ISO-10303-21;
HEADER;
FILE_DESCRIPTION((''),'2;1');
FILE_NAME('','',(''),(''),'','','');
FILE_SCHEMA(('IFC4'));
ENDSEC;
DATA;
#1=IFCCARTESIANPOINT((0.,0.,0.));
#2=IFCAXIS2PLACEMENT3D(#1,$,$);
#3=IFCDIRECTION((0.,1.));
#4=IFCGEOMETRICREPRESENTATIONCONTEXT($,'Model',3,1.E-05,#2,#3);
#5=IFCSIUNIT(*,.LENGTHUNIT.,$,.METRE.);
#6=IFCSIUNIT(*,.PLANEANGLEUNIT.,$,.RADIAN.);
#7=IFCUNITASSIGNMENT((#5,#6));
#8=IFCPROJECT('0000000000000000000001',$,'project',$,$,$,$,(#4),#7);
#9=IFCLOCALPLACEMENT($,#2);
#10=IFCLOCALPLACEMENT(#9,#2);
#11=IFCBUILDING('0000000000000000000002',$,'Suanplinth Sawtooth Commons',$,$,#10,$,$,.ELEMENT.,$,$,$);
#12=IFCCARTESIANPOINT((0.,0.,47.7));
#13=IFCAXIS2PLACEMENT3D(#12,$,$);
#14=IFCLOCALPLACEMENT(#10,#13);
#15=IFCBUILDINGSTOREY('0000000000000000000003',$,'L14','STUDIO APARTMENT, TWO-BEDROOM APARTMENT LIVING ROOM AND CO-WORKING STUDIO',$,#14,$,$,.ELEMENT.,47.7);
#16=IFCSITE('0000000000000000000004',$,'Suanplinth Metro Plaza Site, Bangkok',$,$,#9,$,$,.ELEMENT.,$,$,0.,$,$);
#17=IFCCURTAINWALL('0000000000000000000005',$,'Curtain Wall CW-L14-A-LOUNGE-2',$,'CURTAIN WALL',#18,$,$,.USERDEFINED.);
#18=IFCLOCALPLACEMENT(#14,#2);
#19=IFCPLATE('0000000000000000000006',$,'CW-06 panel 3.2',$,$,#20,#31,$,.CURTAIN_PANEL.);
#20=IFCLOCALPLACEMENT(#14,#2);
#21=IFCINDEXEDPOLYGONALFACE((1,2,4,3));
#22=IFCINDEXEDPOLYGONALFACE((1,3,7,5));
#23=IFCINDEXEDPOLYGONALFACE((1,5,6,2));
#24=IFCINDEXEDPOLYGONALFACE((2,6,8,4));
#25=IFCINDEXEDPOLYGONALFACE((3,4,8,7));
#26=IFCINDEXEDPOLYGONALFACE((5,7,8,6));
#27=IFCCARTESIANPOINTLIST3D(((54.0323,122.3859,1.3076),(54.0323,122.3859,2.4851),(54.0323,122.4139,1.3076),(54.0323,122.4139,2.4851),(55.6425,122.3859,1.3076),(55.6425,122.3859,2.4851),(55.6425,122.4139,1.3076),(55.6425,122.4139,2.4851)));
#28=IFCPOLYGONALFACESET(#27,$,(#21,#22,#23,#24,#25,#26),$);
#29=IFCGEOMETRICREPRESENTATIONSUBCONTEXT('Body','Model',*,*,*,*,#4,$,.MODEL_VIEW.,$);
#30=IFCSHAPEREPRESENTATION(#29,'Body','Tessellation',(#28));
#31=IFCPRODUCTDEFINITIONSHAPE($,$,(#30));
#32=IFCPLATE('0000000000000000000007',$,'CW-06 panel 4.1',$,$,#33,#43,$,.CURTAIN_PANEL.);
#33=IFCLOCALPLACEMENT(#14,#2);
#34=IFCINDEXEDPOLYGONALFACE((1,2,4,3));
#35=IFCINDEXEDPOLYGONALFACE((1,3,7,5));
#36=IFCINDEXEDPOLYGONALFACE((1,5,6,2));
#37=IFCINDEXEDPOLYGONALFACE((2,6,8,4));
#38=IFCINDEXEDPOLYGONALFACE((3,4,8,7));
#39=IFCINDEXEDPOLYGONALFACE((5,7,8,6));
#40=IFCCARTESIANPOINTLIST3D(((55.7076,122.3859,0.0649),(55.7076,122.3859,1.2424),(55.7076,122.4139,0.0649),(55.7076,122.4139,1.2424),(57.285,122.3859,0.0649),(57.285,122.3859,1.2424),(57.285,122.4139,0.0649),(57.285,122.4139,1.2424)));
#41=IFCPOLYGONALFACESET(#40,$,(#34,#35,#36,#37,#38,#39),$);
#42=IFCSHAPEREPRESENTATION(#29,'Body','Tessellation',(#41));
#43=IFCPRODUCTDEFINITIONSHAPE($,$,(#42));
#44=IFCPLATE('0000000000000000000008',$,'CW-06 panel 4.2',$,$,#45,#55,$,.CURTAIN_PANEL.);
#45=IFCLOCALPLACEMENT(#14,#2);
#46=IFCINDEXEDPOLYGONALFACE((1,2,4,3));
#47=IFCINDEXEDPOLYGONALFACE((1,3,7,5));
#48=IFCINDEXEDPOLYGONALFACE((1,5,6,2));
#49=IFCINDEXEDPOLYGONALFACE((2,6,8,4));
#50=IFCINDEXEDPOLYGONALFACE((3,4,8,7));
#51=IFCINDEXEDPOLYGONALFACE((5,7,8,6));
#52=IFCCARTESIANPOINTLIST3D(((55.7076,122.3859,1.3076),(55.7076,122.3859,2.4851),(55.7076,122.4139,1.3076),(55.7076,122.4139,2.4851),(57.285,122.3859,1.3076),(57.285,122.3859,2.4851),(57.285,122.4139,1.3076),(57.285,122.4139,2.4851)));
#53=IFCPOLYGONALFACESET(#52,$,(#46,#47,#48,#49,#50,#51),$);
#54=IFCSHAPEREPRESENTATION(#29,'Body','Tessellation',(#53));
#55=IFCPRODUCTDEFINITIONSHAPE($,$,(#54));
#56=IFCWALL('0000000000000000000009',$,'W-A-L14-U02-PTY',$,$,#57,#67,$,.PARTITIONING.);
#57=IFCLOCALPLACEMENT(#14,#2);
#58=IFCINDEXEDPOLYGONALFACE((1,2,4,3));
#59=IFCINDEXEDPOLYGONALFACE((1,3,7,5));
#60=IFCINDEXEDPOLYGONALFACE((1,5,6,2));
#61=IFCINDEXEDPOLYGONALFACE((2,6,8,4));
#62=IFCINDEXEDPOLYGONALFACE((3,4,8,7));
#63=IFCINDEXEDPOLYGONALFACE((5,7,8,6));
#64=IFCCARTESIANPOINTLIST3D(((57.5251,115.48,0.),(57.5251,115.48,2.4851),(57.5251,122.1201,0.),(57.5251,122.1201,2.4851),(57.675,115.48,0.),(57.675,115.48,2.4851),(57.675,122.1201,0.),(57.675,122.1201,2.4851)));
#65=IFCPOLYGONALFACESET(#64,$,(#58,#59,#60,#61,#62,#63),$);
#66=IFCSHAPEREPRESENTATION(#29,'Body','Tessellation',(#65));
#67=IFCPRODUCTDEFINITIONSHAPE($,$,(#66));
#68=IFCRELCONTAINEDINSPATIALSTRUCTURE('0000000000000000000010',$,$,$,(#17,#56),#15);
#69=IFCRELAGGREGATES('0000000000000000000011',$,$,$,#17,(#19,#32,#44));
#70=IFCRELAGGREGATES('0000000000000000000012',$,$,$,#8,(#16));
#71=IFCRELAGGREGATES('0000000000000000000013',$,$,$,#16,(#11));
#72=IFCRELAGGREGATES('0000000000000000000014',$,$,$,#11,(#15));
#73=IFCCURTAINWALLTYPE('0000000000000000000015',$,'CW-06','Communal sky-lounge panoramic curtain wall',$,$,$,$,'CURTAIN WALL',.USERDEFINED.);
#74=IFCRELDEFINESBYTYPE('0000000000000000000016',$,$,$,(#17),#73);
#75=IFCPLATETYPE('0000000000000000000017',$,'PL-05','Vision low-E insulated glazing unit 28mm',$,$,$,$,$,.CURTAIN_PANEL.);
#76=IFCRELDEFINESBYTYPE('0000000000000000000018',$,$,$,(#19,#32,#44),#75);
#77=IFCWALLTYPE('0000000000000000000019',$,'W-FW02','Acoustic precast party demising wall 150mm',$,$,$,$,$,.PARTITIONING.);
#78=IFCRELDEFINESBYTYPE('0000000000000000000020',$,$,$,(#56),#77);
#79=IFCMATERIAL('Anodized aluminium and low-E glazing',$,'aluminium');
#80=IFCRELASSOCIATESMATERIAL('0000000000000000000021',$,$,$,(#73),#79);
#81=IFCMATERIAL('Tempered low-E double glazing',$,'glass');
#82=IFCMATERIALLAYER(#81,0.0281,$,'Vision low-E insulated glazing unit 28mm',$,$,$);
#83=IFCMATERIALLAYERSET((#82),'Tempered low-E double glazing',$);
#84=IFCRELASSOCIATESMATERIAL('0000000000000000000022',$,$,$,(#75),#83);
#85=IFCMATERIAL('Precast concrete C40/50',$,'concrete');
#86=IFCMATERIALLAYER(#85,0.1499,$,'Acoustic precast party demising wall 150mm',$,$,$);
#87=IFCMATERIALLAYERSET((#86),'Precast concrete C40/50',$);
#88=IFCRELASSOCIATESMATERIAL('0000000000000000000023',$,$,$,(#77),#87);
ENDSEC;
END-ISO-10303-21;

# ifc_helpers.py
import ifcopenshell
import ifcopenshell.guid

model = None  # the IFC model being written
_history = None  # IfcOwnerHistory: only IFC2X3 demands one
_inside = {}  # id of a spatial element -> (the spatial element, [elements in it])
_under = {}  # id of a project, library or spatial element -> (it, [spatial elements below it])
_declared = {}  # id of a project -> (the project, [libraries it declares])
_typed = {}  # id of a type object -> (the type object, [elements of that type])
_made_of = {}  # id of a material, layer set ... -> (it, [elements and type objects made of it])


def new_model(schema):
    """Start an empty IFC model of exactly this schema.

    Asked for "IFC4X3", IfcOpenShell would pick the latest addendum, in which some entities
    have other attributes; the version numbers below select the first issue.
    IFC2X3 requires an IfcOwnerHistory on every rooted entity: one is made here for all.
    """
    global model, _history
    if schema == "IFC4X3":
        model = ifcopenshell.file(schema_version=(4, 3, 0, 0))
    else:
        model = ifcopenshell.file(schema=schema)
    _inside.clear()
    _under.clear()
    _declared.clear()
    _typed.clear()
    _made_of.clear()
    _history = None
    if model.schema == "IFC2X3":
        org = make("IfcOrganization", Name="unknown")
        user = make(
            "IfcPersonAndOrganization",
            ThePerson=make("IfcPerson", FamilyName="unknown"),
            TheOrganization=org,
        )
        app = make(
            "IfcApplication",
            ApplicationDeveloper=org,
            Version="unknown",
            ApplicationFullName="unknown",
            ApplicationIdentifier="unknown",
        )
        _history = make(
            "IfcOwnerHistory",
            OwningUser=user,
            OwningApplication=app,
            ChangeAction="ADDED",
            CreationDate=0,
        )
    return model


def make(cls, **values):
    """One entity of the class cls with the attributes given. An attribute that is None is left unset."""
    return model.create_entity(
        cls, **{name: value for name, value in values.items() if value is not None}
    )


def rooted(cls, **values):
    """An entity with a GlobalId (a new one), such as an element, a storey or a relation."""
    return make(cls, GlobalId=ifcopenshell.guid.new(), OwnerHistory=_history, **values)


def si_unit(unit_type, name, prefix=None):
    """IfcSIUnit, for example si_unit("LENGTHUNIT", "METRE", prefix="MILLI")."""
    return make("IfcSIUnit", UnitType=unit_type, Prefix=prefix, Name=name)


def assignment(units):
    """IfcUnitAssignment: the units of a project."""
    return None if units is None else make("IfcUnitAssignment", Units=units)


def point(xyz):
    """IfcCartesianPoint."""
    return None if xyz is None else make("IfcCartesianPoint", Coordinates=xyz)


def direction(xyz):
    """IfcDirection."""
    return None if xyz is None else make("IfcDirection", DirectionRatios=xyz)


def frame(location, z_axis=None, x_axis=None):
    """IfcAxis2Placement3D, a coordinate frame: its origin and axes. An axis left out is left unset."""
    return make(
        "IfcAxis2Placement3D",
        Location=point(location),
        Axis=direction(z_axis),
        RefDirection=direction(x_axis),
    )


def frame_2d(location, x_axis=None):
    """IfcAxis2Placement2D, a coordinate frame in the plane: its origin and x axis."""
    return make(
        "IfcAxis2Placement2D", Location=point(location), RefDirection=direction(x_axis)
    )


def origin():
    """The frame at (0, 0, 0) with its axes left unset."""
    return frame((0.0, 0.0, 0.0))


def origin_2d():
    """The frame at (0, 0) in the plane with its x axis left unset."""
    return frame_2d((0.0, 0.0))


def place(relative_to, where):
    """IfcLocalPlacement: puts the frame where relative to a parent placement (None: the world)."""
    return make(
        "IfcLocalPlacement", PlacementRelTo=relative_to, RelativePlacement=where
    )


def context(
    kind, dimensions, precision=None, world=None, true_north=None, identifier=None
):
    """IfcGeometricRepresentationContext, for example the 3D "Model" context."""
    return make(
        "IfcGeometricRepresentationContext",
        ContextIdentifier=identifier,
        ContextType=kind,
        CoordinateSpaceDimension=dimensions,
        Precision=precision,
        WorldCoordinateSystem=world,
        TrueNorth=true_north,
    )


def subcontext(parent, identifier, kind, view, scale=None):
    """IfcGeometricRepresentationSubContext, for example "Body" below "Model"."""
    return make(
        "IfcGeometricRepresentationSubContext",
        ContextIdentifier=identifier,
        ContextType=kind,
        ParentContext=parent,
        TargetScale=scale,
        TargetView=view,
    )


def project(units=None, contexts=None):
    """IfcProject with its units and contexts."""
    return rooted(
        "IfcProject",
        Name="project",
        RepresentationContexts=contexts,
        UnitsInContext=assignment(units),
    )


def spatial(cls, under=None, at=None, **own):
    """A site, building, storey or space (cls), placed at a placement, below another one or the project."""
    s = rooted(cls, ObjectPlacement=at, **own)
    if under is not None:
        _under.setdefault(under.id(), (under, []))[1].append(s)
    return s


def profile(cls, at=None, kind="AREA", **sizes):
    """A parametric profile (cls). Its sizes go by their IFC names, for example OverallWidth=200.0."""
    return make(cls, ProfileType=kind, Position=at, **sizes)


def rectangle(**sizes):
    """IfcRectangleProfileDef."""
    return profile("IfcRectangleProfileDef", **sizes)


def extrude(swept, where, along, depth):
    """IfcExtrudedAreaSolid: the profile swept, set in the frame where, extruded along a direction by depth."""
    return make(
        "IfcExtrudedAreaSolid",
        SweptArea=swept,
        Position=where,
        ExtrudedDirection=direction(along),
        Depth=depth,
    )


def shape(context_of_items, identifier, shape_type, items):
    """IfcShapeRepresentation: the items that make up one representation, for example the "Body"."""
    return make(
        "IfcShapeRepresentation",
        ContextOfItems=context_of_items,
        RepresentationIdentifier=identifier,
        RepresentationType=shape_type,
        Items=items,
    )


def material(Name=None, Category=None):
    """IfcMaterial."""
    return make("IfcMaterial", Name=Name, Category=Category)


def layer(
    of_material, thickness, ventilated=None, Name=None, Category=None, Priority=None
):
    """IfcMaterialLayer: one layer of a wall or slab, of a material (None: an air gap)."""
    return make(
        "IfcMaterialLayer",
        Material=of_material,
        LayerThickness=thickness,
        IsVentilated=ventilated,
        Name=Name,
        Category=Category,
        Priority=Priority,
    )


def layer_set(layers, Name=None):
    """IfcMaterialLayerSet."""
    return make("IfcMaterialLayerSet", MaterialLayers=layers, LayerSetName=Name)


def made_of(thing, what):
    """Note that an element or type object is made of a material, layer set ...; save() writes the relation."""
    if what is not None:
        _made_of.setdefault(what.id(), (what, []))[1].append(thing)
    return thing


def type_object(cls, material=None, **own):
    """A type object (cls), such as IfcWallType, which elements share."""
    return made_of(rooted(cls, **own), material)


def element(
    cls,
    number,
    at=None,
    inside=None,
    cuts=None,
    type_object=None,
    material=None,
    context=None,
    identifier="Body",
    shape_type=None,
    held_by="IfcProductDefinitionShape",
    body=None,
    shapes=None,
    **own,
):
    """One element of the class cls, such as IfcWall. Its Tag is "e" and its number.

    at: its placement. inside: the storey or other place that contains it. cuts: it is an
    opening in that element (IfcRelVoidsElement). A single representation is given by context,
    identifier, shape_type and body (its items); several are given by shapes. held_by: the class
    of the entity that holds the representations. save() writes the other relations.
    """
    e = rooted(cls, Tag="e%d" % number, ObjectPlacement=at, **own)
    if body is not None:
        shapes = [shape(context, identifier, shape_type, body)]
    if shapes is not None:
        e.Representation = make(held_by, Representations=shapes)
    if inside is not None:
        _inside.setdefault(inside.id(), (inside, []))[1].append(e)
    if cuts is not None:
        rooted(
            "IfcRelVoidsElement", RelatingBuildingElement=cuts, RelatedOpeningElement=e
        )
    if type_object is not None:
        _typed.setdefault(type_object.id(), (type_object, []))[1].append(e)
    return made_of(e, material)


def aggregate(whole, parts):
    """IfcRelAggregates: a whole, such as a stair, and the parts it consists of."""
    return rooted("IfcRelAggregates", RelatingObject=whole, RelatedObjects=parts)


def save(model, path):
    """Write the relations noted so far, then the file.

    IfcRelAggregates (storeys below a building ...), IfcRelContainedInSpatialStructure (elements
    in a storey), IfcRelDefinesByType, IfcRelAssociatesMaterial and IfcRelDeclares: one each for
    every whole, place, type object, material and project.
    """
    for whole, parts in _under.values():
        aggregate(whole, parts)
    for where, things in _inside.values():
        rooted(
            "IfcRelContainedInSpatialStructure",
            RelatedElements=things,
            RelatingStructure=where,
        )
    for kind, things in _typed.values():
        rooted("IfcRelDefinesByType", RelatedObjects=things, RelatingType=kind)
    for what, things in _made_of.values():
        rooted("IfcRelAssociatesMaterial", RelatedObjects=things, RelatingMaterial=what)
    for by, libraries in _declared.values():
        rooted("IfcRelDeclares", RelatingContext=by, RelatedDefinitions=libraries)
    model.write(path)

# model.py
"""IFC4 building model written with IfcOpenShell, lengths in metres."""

from ifc_helpers import new_model, si_unit, direction, frame, frame_2d, origin, origin_2d, place, context, subcontext, project, spatial, rectangle, extrude, material, layer, layer_set, type_object, element, aggregate, save


model = new_model("IFC4")

# Units and contexts
model_context = context("Model", 3, precision=1e-05, world=origin(), true_north=direction((0.0, 1.0)))
body_context = subcontext(model_context, "Body", "Model", "MODEL_VIEW")
ifc_project = project(units=[si_unit("LENGTHUNIT", "METRE"), si_unit("PLANEANGLEUNIT", "RADIAN")], contexts=[model_context])

# Site, building, storey
site_placement = place(None, origin())
site = spatial("IfcSite", under=ifc_project, at=site_placement, Name="Suanplinth Metro Plaza Site, Bangkok", CompositionType="ELEMENT", RefElevation=0.0)
building_placement = place(site_placement, origin())
building = spatial("IfcBuilding", under=site, at=building_placement, Name="Suanplinth Sawtooth Commons", CompositionType="ELEMENT")
storey_placement = place(building_placement, frame((0.0, 0.0, 47.7)))
storey = spatial("IfcBuildingStorey", under=building, at=storey_placement, Name="L14", Description="STUDIO APARTMENT, TWO-BEDROOM APARTMENT LIVING ROOM AND CO-WORKING STUDIO", CompositionType="ELEMENT", Elevation=47.7)

# Shared definitions
ifc_material_1 = material(Name="Precast concrete C40/50", Category="concrete")

# Curtain wall
ifc_material_2 = material(Name="Anodized aluminium and low-E glazing", Category="aluminium")
curtain_wall_type = type_object("IfcCurtainWallType", Name="CW-06", Description="Communal sky-lounge panoramic curtain wall", ElementType="CURTAIN WALL", PredefinedType="USERDEFINED", material=ifc_material_2)
curtain_wall_placement = place(storey_placement, origin())
curtain_wall = element("IfcCurtainWall", 1, at=curtain_wall_placement, inside=storey, type_object=curtain_wall_type, Name="Curtain Wall CW-L14-A-LOUNGE-2", ObjectType="CURTAIN WALL", PredefinedType="USERDEFINED")

# Plates
ifc_material_3 = material(Name="Tempered low-E double glazing", Category="glass")
ifc_layer_1 = layer(ifc_material_3, 0.0281, Name="Vision low-E insulated glazing unit 28mm")
ifc_layer_set_1 = layer_set([ifc_layer_1], Name="Tempered low-E double glazing")
plate_type_1 = type_object("IfcPlateType", Name="PL-05", Description="Vision low-E insulated glazing unit 28mm", PredefinedType="CURTAIN_PANEL", material=ifc_layer_set_1)
plate_1_placement = place(storey_placement, frame((54.8374, 122.3999, 1.3076), z_axis=(0.0, 0.0, 1.0), x_axis=(1.0, 0.0, 0.0)))
plate_1 = element("IfcPlate", 2, at=plate_1_placement, type_object=plate_type_1, Name="CW-06 panel 3.2", PredefinedType="CURTAIN_PANEL", context=body_context, shape_type="SweptSolid", body=[
    extrude(rectangle(XDim=1.6101, YDim=0.0281, at=origin_2d()), origin(), (0.0, 0.0, 1.0), 1.1775),
])
plate_2_placement = place(storey_placement, frame((56.4963, 122.3999, 0.0649), z_axis=(0.0, 0.0, 1.0), x_axis=(1.0, 0.0, 0.0)))
plate_2 = element("IfcPlate", 3, at=plate_2_placement, type_object=plate_type_1, Name="CW-06 panel 4.1", PredefinedType="CURTAIN_PANEL", context=body_context, shape_type="SweptSolid", body=[
    extrude(rectangle(XDim=1.5774, YDim=0.0281, at=origin_2d()), origin(), (0.0, 0.0, 1.0), 1.1775),
])
plate_3_placement = place(storey_placement, frame((56.4963, 122.3999, 1.3076), z_axis=(0.0, 0.0, 1.0), x_axis=(1.0, 0.0, 0.0)))
plate_3 = element("IfcPlate", 4, at=plate_3_placement, type_object=plate_type_1, Name="CW-06 panel 4.2", PredefinedType="CURTAIN_PANEL", context=body_context, shape_type="SweptSolid", body=[
    extrude(rectangle(XDim=1.5774, YDim=0.0281, at=origin_2d()), origin(), (0.0, 0.0, 1.0), 1.1775),
])
aggregate(curtain_wall, [plate_1, plate_2, plate_3])

# Wall
ifc_layer_2 = layer(ifc_material_1, 0.1499, Name="Acoustic precast party demising wall 150mm")
ifc_layer_set_2 = layer_set([ifc_layer_2], Name="Precast concrete C40/50")
wall_type = type_object("IfcWallType", Name="W-FW02", Description="Acoustic precast party demising wall 150mm", PredefinedType="PARTITIONING", material=ifc_layer_set_2)
wall_placement = place(storey_placement, frame((57.6001, 115.48, 0.0), z_axis=(0.0, 0.0, 1.0), x_axis=(0.0, 1.0, 0.0)))
element("IfcWall", 5, at=wall_placement, inside=storey, type_object=wall_type, Name="W-A-L14-U02-PTY", PredefinedType="PARTITIONING", context=body_context, shape_type="SweptSolid", body=[
    extrude(rectangle(XDim=6.6401, YDim=0.1499, at=frame_2d((3.3201, 0.0))), origin(), (0.0, 0.0, 1.0), 2.4851),
])

save(model, "model.ifc")
